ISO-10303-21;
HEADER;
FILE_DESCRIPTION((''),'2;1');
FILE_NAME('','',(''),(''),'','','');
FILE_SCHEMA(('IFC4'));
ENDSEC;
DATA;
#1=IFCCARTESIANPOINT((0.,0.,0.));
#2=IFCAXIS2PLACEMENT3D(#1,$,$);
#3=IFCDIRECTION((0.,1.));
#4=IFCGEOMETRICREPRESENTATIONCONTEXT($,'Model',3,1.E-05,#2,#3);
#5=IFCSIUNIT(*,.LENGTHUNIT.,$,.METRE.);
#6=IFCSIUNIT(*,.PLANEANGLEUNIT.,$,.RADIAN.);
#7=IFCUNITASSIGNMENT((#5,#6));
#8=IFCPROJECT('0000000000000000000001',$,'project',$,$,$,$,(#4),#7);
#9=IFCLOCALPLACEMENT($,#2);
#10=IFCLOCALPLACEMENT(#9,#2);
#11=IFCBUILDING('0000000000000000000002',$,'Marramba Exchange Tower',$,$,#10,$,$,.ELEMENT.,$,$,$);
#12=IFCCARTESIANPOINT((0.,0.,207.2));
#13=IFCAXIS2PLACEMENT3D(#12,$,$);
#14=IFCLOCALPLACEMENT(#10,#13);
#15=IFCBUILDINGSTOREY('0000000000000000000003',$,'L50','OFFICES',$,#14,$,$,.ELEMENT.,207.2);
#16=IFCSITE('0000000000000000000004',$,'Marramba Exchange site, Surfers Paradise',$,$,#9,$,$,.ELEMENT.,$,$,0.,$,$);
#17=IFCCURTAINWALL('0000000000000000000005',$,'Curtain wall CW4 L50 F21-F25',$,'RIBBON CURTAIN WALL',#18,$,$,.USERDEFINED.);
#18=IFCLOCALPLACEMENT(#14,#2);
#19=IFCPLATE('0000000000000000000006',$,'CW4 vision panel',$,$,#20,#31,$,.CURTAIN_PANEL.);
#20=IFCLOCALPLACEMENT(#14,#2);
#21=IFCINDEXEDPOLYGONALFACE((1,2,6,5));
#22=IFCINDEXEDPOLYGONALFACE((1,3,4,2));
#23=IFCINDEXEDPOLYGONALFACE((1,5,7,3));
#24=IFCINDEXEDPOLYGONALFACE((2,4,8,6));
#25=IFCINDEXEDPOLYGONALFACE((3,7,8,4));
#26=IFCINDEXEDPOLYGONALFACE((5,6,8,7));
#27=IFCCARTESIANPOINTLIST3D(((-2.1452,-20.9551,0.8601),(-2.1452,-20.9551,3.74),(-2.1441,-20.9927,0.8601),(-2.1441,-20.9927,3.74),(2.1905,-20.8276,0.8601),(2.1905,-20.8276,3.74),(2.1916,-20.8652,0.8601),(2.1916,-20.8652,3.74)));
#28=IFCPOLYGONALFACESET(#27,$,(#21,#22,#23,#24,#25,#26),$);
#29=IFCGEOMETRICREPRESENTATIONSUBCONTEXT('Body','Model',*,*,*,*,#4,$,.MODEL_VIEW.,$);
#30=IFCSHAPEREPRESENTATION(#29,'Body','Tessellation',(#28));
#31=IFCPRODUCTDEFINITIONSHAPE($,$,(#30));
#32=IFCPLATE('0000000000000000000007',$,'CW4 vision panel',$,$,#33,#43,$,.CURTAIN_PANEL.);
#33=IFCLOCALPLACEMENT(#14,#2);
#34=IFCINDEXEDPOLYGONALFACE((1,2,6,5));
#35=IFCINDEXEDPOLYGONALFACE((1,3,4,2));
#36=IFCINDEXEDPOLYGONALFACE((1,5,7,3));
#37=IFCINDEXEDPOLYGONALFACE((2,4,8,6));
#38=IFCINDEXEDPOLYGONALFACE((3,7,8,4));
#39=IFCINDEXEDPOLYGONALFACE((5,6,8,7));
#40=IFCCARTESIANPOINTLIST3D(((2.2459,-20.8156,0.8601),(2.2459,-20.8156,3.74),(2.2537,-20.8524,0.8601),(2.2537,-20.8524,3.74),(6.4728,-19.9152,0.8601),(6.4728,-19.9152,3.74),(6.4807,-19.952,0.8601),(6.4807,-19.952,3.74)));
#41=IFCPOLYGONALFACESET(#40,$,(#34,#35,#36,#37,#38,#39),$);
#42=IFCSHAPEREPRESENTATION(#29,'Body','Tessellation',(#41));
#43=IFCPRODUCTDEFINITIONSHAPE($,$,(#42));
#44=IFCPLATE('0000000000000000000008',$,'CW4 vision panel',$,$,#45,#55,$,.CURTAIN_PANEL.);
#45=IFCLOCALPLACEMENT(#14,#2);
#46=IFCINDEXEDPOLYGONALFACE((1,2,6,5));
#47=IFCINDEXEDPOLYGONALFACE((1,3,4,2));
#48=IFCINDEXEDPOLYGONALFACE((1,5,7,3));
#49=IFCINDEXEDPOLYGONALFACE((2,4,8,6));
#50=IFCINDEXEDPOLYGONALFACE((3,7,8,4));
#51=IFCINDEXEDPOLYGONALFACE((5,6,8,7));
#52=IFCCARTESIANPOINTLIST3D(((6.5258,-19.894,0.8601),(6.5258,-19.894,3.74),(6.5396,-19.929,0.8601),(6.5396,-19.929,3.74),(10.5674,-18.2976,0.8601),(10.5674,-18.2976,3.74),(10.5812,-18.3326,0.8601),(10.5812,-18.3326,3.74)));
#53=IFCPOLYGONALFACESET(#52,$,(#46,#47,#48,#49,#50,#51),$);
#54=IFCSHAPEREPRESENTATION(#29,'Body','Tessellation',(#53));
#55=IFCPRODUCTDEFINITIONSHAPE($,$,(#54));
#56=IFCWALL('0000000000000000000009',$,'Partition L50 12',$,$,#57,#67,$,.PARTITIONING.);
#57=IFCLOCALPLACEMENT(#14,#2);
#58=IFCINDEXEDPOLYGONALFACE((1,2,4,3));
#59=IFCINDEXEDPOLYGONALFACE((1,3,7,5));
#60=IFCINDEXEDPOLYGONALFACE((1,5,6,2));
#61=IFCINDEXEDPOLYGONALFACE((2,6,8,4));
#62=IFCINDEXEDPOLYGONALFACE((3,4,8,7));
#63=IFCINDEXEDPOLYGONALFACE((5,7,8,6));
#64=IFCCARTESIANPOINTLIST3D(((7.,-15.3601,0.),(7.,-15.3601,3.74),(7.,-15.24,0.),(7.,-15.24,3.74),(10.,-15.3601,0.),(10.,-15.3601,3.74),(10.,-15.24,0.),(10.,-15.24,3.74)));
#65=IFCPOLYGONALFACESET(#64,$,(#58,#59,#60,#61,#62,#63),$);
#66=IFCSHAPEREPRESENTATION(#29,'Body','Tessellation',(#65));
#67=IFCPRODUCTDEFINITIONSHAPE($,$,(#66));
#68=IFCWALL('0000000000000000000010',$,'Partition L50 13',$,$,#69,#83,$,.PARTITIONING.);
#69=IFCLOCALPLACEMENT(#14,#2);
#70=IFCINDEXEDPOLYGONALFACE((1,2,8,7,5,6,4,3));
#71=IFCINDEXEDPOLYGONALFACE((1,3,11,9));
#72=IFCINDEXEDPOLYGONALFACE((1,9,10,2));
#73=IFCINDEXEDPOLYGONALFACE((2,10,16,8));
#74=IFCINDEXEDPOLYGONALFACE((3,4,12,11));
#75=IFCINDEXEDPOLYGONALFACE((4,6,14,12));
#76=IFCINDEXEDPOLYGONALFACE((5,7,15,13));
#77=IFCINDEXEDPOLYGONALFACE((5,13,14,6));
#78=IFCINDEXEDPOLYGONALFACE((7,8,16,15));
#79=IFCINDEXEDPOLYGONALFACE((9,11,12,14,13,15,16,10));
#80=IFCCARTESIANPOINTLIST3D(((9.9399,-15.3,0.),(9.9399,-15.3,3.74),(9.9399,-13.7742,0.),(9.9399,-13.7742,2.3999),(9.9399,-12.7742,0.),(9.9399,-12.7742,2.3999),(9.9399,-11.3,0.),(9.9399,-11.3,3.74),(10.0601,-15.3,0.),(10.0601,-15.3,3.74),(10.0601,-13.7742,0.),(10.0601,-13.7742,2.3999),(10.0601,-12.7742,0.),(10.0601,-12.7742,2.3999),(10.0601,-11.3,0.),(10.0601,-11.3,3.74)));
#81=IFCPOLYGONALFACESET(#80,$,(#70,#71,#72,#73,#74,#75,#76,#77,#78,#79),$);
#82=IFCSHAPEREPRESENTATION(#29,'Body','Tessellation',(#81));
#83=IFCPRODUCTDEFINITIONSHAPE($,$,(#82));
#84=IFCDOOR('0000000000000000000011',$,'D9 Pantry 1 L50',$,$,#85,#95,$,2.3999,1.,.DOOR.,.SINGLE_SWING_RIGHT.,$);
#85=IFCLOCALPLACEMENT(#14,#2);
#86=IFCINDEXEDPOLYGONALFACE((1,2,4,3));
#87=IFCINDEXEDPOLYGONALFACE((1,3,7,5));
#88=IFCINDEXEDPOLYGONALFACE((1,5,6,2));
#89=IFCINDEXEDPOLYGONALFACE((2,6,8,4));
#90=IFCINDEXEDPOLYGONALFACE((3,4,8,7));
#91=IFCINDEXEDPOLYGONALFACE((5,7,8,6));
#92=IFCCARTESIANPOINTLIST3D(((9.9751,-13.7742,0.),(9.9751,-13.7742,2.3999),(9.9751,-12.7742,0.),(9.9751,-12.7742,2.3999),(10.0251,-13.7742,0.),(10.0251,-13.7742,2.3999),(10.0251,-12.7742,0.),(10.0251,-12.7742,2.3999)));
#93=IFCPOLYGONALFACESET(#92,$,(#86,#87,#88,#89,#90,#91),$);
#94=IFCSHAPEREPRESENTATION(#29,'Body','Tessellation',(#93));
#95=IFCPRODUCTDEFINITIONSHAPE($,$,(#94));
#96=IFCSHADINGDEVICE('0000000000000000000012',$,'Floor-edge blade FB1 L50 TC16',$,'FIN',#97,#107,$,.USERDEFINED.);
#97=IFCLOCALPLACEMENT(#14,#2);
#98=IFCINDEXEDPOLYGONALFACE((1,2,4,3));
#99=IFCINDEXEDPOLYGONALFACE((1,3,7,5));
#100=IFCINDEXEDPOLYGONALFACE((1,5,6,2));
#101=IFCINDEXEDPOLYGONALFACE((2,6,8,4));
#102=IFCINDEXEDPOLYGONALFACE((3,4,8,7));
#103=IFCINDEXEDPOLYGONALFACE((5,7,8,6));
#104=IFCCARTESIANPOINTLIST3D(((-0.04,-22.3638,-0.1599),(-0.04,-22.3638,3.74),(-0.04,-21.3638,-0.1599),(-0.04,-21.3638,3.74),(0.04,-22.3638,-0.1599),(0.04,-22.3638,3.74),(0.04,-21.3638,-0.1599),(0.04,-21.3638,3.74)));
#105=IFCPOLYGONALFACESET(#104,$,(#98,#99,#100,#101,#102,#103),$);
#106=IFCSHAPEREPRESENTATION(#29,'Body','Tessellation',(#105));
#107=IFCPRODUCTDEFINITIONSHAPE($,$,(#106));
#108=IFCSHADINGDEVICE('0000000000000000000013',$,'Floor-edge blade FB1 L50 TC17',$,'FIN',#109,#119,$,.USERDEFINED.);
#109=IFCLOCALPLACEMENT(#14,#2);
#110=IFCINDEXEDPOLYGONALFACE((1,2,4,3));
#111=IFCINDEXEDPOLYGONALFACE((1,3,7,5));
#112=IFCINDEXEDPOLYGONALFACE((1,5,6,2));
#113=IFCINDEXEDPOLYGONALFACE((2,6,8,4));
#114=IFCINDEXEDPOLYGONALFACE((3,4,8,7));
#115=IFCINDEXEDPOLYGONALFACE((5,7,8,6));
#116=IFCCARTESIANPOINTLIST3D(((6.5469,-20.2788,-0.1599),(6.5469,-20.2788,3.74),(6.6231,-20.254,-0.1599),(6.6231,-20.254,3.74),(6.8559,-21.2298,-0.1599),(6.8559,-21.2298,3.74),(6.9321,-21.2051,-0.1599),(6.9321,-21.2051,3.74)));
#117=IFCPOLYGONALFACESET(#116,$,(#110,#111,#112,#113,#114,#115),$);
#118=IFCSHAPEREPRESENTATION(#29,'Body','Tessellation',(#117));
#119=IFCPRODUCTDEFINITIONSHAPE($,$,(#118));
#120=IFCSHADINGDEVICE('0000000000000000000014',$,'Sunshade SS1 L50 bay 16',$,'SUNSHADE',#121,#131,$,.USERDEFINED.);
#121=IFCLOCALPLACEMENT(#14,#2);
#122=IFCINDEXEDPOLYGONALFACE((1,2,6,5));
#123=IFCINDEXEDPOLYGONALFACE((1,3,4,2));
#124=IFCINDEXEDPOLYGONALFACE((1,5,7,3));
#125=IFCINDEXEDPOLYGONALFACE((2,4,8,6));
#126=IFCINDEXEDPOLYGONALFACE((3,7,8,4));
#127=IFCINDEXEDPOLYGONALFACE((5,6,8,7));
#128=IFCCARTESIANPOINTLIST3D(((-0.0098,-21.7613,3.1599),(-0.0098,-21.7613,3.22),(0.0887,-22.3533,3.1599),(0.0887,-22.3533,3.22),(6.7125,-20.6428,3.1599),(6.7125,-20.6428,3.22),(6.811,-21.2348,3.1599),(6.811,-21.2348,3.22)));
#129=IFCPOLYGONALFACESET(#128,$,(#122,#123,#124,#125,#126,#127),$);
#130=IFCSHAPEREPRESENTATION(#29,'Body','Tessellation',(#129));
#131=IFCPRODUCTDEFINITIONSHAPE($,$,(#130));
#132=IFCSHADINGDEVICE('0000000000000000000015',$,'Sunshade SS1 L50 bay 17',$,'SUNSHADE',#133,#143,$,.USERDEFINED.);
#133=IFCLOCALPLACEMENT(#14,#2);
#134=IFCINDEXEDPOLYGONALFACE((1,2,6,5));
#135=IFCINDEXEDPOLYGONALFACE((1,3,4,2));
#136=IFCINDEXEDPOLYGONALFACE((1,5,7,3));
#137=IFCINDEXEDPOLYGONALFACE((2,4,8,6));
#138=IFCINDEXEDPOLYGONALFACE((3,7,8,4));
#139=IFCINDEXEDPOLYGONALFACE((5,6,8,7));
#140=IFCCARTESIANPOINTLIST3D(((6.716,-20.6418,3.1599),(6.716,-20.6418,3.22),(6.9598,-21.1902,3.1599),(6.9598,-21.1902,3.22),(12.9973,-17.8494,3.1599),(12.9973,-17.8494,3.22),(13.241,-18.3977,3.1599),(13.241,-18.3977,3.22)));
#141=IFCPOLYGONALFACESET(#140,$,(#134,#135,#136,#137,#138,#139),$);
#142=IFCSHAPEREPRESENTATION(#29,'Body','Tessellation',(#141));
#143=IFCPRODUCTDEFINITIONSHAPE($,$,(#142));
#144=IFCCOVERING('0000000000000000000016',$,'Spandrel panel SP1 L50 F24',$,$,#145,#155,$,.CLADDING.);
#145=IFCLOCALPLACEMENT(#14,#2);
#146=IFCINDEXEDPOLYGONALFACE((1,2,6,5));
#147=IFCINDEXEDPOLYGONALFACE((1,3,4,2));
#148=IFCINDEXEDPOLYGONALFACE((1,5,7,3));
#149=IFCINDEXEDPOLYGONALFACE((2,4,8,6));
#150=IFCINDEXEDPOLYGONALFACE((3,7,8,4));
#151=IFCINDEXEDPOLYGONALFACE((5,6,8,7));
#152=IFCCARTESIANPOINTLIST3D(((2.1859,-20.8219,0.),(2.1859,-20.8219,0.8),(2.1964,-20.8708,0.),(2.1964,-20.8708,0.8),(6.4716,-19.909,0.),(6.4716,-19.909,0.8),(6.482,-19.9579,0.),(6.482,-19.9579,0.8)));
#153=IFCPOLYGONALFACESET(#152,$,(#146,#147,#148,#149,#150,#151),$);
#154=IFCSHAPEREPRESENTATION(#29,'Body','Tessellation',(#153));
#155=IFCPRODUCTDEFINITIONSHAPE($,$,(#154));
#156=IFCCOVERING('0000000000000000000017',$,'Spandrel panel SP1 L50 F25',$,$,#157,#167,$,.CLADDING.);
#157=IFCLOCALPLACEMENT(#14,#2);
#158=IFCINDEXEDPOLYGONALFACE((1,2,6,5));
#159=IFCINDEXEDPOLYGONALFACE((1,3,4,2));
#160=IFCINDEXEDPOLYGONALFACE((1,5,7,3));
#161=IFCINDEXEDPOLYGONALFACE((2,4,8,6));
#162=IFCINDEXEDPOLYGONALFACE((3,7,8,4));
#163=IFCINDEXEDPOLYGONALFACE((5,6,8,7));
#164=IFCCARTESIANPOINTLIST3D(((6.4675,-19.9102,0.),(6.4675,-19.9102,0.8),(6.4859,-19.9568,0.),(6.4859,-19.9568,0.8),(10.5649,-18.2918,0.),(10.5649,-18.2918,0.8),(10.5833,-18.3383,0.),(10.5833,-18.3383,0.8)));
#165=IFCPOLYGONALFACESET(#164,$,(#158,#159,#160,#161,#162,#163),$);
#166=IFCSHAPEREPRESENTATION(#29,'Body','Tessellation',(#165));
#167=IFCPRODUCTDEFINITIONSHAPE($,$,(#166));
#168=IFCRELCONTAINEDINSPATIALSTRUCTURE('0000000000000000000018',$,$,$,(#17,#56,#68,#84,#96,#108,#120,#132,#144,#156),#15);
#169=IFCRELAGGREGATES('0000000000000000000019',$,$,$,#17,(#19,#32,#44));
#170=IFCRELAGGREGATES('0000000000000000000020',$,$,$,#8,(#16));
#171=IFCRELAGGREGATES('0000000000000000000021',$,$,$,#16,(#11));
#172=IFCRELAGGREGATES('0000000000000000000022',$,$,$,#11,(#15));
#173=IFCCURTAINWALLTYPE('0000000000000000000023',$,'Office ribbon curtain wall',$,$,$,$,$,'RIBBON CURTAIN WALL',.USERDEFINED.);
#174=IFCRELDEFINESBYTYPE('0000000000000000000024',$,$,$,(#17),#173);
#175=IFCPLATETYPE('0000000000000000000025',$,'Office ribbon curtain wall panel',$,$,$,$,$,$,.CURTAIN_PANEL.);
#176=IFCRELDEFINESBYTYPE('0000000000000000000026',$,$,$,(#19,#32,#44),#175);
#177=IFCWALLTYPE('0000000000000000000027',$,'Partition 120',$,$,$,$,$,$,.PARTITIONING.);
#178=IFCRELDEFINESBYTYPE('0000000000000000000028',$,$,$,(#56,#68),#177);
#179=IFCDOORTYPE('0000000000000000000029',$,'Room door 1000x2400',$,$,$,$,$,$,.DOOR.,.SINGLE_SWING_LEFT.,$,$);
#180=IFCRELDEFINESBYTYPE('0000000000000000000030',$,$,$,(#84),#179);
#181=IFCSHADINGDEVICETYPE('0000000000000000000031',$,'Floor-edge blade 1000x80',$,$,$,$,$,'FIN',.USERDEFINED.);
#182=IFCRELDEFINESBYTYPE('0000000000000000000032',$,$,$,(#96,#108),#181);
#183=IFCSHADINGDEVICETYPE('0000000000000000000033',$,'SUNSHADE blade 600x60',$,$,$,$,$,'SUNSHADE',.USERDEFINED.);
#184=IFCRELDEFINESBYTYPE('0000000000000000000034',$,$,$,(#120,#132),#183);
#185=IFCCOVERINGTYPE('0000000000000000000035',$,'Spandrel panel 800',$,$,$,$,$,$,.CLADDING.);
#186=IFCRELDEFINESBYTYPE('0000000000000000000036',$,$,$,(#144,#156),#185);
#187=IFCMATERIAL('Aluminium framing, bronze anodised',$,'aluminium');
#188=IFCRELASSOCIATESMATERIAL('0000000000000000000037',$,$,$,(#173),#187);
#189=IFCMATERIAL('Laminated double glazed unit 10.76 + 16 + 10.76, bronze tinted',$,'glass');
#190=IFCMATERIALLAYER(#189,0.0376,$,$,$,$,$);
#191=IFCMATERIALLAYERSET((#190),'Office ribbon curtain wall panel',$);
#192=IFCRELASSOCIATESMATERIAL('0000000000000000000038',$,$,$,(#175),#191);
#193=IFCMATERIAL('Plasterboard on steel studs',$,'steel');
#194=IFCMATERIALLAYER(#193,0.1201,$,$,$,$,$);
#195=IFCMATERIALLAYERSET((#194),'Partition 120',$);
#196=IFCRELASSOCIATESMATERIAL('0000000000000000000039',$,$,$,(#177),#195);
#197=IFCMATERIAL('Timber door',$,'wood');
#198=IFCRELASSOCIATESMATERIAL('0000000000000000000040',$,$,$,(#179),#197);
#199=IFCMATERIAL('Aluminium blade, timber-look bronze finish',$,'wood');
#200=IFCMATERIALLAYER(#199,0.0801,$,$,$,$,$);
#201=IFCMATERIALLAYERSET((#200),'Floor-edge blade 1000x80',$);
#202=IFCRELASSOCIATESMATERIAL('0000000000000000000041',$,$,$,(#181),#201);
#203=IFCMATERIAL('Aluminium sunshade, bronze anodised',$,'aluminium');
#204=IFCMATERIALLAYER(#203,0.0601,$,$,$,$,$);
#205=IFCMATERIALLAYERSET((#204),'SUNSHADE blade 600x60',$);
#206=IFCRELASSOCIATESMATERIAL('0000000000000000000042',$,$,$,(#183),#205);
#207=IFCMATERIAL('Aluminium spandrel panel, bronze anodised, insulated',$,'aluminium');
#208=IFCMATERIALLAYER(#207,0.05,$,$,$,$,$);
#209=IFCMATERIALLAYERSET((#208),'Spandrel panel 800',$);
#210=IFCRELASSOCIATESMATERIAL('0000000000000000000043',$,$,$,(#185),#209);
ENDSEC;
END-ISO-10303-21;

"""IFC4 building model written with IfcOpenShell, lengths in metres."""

from ifc_helpers import new_model, si_unit, direction, frame, frame_2d, origin, origin_2d, place, context, subcontext, project, spatial, rectangle, extrude, material, layer, layer_set, type_object, element, fill, aggregate, save


model = new_model("IFC4")

# Units and contexts
model_context = context("Model", 3, precision=1e-05, world=origin(), true_north=direction((0.0, 1.0)))
body_context = subcontext(model_context, "Body", "Model", "MODEL_VIEW")
ifc_project = project(units=[si_unit("LENGTHUNIT", "METRE"), si_unit("PLANEANGLEUNIT", "RADIAN")], contexts=[model_context])

# Site, building, storey
site_placement = place(None, origin())
site = spatial("IfcSite", under=ifc_project, at=site_placement, Name="Marramba Exchange site, Surfers Paradise", CompositionType="ELEMENT", RefElevation=0.0)
building_placement = place(site_placement, origin())
building = spatial("IfcBuilding", under=site, at=building_placement, Name="Marramba Exchange Tower", CompositionType="ELEMENT")
storey_placement = place(building_placement, frame((0.0, 0.0, 207.2)))
storey = spatial("IfcBuildingStorey", under=building, at=storey_placement, Name="L50", Description="OFFICES", CompositionType="ELEMENT", Elevation=207.2)

# Curtain wall
ifc_material_1 = material(Name="Aluminium framing, bronze anodised", Category="aluminium")
curtain_wall_type = type_object("IfcCurtainWallType", Name="Office ribbon curtain wall", ElementType="RIBBON CURTAIN WALL", PredefinedType="USERDEFINED", material=ifc_material_1)
curtain_wall_1_placement = place(storey_placement, origin())
curtain_wall_1 = element("IfcCurtainWall", 1, at=curtain_wall_1_placement, inside=storey, type_object=curtain_wall_type, Name="Curtain wall CW4 L50 F21-F25", ObjectType="RIBBON CURTAIN WALL", PredefinedType="USERDEFINED")

# Plates
ifc_material_2 = material(Name="Laminated double glazed unit 10.76 + 16 + 10.76, bronze tinted", Category="glass")
ifc_layer_1 = layer(ifc_material_2, 0.0376)
ifc_layer_set_1 = layer_set([ifc_layer_1], Name="Office ribbon curtain wall panel")
plate_type = type_object("IfcPlateType", Name="Office ribbon curtain wall panel", PredefinedType="CURTAIN_PANEL", material=ifc_layer_set_1)
plate_1_placement = place(storey_placement, frame((0.0232, -20.9102, 0.8601), z_axis=(0.0, 0.0, 1.0), x_axis=(0.999568, 0.029393, 0.0)))
plate_1 = element("IfcPlate", 2, at=plate_1_placement, type_object=plate_type, Name="CW4 vision panel", PredefinedType="CURTAIN_PANEL", context=body_context, shape_type="SweptSolid", body=[
    extrude(rectangle(XDim=4.3376, YDim=0.0376, at=origin_2d()), origin(), (0.0, 0.0, 1.0), 2.8799),
])
plate_2_placement = place(storey_placement, frame((4.3633, -20.3838, 0.8601), z_axis=(0.0, 0.0, 1.0), x_axis=(0.978058, 0.208332, 0.0)))
plate_2 = element("IfcPlate", 3, at=plate_2_placement, type_object=plate_type, Name="CW4 vision panel", PredefinedType="CURTAIN_PANEL", context=body_context, shape_type="SweptSolid", body=[
    extrude(rectangle(XDim=4.3218, YDim=0.0376, at=origin_2d()), origin(), (0.0, 0.0, 1.0), 2.8799),
])
plate_3_placement = place(storey_placement, frame((8.5535, -19.1133, 0.8601), z_axis=(0.0, 0.0, 1.0), x_axis=(0.930073, 0.367375, 0.0)))
plate_3 = element("IfcPlate", 4, at=plate_3_placement, type_object=plate_type, Name="CW4 vision panel", PredefinedType="CURTAIN_PANEL", context=body_context, shape_type="SweptSolid", body=[
    extrude(rectangle(XDim=4.3455, YDim=0.0376, at=origin_2d()), origin(), (0.0, 0.0, 1.0), 2.8799),
])
aggregate(curtain_wall_1, [plate_1, plate_2, plate_3])

# Shared definitions
ifc_material_3 = material(Name="Timber door", Category="wood")

# Wall
ifc_material_4 = material(Name="Plasterboard on steel studs", Category="steel")
ifc_layer_2 = layer(ifc_material_4, 0.1201)
ifc_layer_set_2 = layer_set([ifc_layer_2], Name="Partition 120")
wall_type_1 = type_object("IfcWallType", Name="Partition 120", PredefinedType="PARTITIONING", material=ifc_layer_set_2)
wall_1_placement = place(storey_placement, frame((7.0, -15.3, 0.0), z_axis=(0.0, 0.0, 1.0), x_axis=(1.0, 0.0, 0.0)))
element("IfcWall", 5, at=wall_1_placement, inside=storey, type_object=wall_type_1, Name="Partition L50 12", PredefinedType="PARTITIONING", context=body_context, shape_type="SweptSolid", body=[
    extrude(rectangle(XDim=3.0, YDim=0.1201, at=frame_2d((1.5, 0.0))), origin(), (0.0, 0.0, 1.0), 3.74),
])

# Wall, opening, door
wall_2_placement = place(storey_placement, frame((10.0, -15.3, 0.0), z_axis=(0.0, 0.0, 1.0), x_axis=(0.0, 1.0, 0.0)))
wall_2 = element("IfcWall", 6, at=wall_2_placement, inside=storey, type_object=wall_type_1, Name="Partition L50 13", PredefinedType="PARTITIONING", context=body_context, shape_type="SweptSolid", body=[
    extrude(rectangle(XDim=4.0, YDim=0.1201, at=frame_2d((2.0, 0.0))), origin(), (0.0, 0.0, 1.0), 3.74),
])
opening_1_placement = place(wall_2_placement, frame((1.5259, 0.0, 0.0)))
opening_1 = element("IfcOpeningElement", 7, at=opening_1_placement, cuts=wall_2, PredefinedType="OPENING", context=body_context, shape_type="SweptSolid", body=[
    extrude(rectangle(XDim=1.0, YDim=2.3999, at=frame_2d((0.5, 1.2))), frame((0.0, 0.0701, 0.0), z_axis=(0.0, -1.0, 0.0), x_axis=(1.0, 0.0, 0.0)), (0.0, 0.0, 1.0), 0.1401),
])
door_type_1 = type_object("IfcDoorType", Name="Room door 1000x2400", OperationType="SINGLE_SWING_LEFT", PredefinedType="DOOR", material=ifc_material_3)
door_1_placement = place(opening_1_placement, origin())
door_1 = element("IfcDoor", 8, at=door_1_placement, inside=storey, type_object=door_type_1, Name="D9 Pantry 1 L50", OperationType="SINGLE_SWING_RIGHT", OverallHeight=2.3999, OverallWidth=1.0, PredefinedType="DOOR", context=body_context, shape_type="SweptSolid", body=[
    extrude(rectangle(XDim=1.0, YDim=2.3999, at=frame_2d((0.5, 1.2))), frame((0.0, 0.0249, 0.0), z_axis=(0.0, -1.0, 0.0), x_axis=(1.0, 0.0, 0.0)), (0.0, 0.0, 1.0), 0.05),
])
fill(opening_1, door_1)

# Shading devices
ifc_material_5 = material(Name="Aluminium blade, timber-look bronze finish", Category="wood")
ifc_layer_3 = layer(ifc_material_5, 0.0801)
ifc_layer_set_3 = layer_set([ifc_layer_3], Name="Floor-edge blade 1000x80")
shading_device_type_1 = type_object("IfcShadingDeviceType", Name="Floor-edge blade 1000x80", ElementType="FIN", PredefinedType="USERDEFINED", material=ifc_layer_set_3)
for number, where, z_axis, x_axis, name in (
    (9, (0.0, -21.8638, -0.1599), (0.0, 0.0, 1.0), (0.0, -1.0, 0.0), "Floor-edge blade FB1 L50 TC16"),
    (10, (6.7395, -20.7419, -0.1599), (0.0, 0.0, 1.0), (0.309017, -0.951057, 0.0), "Floor-edge blade FB1 L50 TC17"),
):
    element("IfcShadingDevice", number, at=place(storey_placement, frame(where, z_axis=z_axis, x_axis=x_axis)), inside=storey, type_object=shading_device_type_1, Name=name, ObjectType="FIN", PredefinedType="USERDEFINED", context=body_context, shape_type="SweptSolid", body=[
        extrude(rectangle(XDim=1.0, YDim=0.0801, at=origin_2d()), origin(), (0.0, 0.0, 1.0), 3.8999),
    ])
ifc_material_6 = material(Name="Aluminium sunshade, bronze anodised", Category="aluminium")
ifc_layer_4 = layer(ifc_material_6, 0.0601)
ifc_layer_set_4 = layer_set([ifc_layer_4], Name="SUNSHADE blade 600x60")
shading_device_type_2 = type_object("IfcShadingDeviceType", Name="SUNSHADE blade 600x60", ElementType="SUNSHADE", PredefinedType="USERDEFINED", material=ifc_layer_set_4)
shading_device_1_placement = place(storey_placement, frame((3.4006, -21.498, 3.1599), z_axis=(0.0, 0.0, 1.0), x_axis=(0.98644, 0.164125, 0.0)))
element("IfcShadingDevice", 11, at=shading_device_1_placement, inside=storey, type_object=shading_device_type_2, Name="Sunshade SS1 L50 bay 16", ObjectType="SUNSHADE", PredefinedType="USERDEFINED", context=body_context, shape_type="SweptSolid", body=[
    extrude(rectangle(XDim=6.8147, YDim=0.6001, at=origin_2d()), origin(), (0.0, 0.0, 1.0), 0.0601),
])
shading_device_2_placement = place(storey_placement, frame((9.9785, -19.5198, 3.1599), z_axis=(0.0, 0.0, 1.0), x_axis=(0.913772, 0.406228, 0.0)))
element("IfcShadingDevice", 12, at=shading_device_2_placement, inside=storey, type_object=shading_device_type_2, Name="Sunshade SS1 L50 bay 17", ObjectType="SUNSHADE", PredefinedType="USERDEFINED", context=body_context, shape_type="SweptSolid", body=[
    extrude(rectangle(XDim=6.874, YDim=0.6001, at=origin_2d()), origin(), (0.0, 0.0, 1.0), 0.0601),
])

# Coverings
ifc_material_7 = material(Name="Aluminium spandrel panel, bronze anodised, insulated", Category="aluminium")
ifc_layer_5 = layer(ifc_material_7, 0.05)
ifc_layer_set_5 = layer_set([ifc_layer_5], Name="Spandrel panel 800")
covering_type = type_object("IfcCoveringType", Name="Spandrel panel 800", PredefinedType="CLADDING", material=ifc_layer_set_5)
covering_1_placement = place(storey_placement, frame((4.334, -20.3899, 0.0), z_axis=(0.0, 0.0, 1.0), x_axis=(0.978058, 0.208332, 0.0)))
element("IfcCovering", 13, at=covering_1_placement, inside=storey, type_object=covering_type, Name="Spandrel panel SP1 L50 F24", PredefinedType="CLADDING", context=body_context, shape_type="SweptSolid", body=[
    extrude(rectangle(XDim=4.3818, YDim=0.05, at=origin_2d()), origin(), (0.0, 0.0, 1.0), 0.8),
])
covering_2_placement = place(storey_placement, frame((8.5254, -19.1243, 0.0), z_axis=(0.0, 0.0, 1.0), x_axis=(0.930073, 0.367375, 0.0)))
element("IfcCovering", 14, at=covering_2_placement, inside=storey, type_object=covering_type, Name="Spandrel panel SP1 L50 F25", PredefinedType="CLADDING", context=body_context, shape_type="SweptSolid", body=[
    extrude(rectangle(XDim=4.4055, YDim=0.05, at=origin_2d()), origin(), (0.0, 0.0, 1.0), 0.8),
])

save(model, "model.ifc")
